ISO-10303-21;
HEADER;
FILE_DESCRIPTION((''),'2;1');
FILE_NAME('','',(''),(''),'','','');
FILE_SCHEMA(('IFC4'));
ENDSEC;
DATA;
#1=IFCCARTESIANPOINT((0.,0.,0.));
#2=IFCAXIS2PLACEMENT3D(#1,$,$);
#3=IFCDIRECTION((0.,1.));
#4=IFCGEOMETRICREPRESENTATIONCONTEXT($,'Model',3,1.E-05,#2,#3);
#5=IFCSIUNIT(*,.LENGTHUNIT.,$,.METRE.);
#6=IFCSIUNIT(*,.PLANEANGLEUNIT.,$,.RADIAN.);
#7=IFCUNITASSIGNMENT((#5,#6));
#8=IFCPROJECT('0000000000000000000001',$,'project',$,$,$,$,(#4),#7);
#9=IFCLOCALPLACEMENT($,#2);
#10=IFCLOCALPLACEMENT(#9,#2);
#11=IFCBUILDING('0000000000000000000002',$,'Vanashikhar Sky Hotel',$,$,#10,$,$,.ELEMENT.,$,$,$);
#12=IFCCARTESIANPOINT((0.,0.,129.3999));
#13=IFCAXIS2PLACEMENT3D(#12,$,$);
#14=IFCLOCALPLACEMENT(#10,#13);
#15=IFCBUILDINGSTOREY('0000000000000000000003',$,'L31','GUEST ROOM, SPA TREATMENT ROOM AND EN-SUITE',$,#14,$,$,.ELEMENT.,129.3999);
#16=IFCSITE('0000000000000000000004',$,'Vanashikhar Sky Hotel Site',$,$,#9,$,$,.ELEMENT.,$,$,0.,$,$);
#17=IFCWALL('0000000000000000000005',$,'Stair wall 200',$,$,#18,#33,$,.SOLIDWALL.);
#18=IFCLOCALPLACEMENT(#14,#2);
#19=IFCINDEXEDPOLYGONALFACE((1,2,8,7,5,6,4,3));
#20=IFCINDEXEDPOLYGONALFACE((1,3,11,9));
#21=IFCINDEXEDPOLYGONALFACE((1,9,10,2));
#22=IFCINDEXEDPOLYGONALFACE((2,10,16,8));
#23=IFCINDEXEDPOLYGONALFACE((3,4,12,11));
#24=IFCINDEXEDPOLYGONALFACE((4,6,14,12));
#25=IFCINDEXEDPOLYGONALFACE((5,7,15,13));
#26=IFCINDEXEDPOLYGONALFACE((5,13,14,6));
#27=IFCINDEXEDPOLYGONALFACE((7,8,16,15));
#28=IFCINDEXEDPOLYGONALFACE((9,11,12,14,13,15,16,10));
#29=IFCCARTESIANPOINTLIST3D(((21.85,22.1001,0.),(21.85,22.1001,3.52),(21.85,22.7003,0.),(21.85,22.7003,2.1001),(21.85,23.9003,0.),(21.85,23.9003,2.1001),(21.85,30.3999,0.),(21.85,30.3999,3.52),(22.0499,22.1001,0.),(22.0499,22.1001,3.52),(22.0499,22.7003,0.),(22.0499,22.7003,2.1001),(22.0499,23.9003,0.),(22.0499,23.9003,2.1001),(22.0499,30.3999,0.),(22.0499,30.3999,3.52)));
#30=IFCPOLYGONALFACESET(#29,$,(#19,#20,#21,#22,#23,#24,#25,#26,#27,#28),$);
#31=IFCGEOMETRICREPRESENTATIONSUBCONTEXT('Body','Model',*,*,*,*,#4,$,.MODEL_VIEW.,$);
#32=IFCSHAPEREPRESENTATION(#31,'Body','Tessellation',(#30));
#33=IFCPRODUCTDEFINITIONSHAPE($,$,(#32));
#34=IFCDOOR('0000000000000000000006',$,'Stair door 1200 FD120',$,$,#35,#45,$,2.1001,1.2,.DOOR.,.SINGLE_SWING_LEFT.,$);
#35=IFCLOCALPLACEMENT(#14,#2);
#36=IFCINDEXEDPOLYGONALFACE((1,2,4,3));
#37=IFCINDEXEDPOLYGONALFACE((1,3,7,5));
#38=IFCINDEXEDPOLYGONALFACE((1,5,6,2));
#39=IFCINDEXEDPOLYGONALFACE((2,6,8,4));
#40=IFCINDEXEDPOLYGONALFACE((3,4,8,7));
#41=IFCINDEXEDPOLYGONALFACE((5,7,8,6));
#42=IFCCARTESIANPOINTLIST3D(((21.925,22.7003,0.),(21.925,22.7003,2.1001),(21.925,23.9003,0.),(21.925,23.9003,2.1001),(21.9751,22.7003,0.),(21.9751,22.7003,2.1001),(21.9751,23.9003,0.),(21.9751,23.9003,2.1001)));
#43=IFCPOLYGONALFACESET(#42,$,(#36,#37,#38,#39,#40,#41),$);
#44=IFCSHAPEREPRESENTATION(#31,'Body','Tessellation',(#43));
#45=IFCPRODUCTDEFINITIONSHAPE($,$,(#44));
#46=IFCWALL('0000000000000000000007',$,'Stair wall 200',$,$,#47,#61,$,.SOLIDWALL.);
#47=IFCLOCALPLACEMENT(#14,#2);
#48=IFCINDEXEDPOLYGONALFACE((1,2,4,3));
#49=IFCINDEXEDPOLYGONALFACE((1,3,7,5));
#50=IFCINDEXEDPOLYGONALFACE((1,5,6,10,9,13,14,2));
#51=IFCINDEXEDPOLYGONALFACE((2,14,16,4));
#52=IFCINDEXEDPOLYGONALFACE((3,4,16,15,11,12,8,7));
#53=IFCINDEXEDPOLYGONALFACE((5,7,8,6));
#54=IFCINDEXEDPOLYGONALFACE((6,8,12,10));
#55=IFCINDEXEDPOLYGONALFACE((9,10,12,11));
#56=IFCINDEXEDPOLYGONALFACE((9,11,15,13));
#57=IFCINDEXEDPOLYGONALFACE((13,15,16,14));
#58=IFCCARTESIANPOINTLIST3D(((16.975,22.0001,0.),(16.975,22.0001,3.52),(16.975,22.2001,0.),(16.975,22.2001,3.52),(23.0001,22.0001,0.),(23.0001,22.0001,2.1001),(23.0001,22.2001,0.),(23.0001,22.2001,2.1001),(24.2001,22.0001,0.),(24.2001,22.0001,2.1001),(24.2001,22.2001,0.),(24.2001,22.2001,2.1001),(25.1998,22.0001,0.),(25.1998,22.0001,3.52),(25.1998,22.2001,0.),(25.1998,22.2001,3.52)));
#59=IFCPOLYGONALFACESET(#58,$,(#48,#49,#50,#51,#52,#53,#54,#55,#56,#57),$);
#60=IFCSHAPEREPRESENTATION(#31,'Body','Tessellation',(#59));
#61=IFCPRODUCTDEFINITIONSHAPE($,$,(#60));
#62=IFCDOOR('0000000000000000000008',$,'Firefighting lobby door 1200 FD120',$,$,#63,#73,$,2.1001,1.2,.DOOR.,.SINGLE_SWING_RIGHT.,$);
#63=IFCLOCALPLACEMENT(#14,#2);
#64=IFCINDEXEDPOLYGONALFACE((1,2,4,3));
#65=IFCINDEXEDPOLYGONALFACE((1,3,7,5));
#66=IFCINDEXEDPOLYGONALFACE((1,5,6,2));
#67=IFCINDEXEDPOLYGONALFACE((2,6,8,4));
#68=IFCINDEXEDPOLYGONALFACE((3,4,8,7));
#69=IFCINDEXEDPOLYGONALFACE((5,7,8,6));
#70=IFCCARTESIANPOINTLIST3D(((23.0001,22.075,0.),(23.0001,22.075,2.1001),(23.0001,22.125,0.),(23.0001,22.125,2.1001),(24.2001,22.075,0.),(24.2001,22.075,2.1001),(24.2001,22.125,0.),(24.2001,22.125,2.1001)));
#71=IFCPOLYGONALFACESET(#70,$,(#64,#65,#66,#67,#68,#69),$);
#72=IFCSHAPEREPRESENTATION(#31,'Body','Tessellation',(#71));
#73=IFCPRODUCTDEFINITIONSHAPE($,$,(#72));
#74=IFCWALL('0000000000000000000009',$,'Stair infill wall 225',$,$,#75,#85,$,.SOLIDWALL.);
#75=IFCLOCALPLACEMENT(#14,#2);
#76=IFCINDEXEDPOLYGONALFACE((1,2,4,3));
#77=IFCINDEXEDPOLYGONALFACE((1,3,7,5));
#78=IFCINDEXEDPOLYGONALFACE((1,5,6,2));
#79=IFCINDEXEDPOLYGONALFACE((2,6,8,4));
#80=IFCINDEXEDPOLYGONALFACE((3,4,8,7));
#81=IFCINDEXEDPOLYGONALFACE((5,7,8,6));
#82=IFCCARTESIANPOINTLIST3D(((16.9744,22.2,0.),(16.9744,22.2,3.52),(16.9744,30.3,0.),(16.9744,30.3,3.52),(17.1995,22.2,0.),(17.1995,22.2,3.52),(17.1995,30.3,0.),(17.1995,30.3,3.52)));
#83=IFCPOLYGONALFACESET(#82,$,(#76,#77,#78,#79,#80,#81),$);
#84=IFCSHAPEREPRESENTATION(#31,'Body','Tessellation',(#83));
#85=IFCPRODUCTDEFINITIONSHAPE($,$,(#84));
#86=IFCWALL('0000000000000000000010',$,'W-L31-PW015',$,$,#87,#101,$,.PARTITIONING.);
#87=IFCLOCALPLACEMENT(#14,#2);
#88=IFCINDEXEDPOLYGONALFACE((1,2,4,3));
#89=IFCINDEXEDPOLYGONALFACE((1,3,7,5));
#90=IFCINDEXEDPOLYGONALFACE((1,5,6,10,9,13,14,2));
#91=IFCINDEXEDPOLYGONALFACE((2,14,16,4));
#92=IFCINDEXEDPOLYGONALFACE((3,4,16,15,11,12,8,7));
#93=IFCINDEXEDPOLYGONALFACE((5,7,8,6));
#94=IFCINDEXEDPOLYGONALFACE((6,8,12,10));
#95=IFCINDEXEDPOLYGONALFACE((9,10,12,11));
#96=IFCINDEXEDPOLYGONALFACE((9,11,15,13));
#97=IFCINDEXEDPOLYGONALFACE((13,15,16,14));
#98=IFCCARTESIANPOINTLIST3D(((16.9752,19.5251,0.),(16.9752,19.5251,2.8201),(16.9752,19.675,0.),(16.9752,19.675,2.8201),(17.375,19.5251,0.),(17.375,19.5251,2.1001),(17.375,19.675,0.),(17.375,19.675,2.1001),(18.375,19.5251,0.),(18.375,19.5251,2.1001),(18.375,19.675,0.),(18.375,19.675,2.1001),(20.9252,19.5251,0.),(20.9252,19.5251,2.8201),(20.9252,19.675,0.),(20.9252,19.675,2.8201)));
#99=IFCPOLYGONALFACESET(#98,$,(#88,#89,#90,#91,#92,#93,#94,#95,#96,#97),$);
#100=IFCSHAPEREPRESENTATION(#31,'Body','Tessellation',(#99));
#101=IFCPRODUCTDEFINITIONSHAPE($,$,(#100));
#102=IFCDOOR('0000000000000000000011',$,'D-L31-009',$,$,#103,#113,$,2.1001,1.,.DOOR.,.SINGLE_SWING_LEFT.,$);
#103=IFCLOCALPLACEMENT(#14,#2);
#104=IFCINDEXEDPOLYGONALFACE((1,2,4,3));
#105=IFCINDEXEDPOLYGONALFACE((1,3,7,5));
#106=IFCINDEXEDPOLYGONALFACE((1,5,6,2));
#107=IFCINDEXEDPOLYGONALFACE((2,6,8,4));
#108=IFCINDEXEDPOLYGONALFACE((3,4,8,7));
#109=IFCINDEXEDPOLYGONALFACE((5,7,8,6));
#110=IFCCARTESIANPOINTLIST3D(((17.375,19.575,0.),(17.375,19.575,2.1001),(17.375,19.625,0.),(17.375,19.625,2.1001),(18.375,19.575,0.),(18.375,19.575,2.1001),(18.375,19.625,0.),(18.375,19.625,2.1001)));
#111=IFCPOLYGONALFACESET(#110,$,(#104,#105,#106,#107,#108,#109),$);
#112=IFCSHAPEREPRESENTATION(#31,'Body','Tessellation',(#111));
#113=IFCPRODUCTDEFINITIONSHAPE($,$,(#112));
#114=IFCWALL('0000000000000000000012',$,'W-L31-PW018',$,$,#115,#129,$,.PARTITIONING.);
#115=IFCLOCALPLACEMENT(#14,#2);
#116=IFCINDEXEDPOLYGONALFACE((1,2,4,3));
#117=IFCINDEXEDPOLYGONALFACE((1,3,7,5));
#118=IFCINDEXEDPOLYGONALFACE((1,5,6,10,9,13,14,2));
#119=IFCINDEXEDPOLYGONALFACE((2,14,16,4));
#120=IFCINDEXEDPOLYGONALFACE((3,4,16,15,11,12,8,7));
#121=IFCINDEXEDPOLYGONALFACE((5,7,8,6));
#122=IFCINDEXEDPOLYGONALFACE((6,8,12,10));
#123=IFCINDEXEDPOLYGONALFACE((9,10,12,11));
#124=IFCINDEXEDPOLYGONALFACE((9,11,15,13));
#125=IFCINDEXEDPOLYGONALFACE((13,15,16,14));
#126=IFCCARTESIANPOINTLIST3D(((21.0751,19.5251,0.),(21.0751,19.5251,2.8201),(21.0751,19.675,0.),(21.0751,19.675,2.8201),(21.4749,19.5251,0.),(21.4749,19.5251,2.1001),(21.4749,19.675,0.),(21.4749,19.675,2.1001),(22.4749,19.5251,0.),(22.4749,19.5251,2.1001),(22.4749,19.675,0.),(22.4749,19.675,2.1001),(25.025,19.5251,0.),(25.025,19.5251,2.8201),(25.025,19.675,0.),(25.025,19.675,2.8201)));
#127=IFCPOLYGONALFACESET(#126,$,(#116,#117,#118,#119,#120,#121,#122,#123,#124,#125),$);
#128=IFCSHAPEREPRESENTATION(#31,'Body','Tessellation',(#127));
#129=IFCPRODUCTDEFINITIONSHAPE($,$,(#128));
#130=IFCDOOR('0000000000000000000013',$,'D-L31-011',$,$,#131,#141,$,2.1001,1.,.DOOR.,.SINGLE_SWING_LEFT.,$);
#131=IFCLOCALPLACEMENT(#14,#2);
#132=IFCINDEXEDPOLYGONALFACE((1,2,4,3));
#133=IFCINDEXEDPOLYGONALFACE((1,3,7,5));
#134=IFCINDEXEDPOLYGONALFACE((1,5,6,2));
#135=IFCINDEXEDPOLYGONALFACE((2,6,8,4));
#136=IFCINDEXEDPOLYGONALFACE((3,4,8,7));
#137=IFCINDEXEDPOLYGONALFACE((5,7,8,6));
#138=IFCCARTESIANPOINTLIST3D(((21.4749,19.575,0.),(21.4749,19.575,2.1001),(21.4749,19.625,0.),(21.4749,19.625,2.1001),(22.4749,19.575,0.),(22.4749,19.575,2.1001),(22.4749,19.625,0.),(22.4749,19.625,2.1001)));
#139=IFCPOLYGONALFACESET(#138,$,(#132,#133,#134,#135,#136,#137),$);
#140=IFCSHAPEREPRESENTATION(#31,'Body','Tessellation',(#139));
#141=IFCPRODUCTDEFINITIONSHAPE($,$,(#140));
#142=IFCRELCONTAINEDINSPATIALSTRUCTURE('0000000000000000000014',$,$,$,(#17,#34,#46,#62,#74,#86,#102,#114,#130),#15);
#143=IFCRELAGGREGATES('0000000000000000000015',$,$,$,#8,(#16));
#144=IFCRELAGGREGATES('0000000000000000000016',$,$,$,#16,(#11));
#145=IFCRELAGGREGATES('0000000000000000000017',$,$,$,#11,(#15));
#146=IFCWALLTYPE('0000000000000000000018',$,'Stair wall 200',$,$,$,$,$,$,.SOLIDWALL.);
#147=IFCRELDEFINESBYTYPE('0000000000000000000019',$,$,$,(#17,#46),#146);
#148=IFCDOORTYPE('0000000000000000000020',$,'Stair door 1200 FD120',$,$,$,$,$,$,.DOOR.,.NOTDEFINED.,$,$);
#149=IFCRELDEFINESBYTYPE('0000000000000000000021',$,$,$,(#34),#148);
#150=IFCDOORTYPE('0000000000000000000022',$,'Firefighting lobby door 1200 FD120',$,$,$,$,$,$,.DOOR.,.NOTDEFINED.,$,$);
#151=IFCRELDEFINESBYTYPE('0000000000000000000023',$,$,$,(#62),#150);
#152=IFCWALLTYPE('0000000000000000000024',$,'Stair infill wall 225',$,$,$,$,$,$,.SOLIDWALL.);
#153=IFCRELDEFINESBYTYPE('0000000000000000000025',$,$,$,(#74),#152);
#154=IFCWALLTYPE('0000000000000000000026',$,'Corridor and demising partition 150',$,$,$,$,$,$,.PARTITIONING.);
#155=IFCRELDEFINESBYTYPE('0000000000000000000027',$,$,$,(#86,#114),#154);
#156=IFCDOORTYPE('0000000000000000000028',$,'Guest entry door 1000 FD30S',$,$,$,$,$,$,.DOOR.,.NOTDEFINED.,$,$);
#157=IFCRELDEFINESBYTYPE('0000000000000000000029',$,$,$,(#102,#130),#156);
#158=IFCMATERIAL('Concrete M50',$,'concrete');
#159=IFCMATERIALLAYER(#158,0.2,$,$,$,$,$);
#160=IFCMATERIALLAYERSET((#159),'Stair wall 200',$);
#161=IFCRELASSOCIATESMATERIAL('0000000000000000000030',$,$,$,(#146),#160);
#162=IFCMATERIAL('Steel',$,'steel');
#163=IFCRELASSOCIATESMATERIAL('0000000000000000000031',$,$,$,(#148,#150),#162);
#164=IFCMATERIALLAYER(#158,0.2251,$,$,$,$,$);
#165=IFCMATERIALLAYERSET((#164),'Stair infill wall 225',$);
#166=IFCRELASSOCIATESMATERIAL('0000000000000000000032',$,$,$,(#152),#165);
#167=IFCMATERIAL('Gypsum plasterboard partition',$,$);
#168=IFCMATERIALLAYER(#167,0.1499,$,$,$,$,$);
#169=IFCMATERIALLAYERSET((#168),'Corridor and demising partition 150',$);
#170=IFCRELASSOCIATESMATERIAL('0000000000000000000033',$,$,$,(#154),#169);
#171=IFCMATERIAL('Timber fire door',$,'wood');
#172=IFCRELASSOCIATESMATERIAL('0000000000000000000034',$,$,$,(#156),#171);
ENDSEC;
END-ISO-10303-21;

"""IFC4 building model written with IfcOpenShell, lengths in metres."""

from ifc_helpers import new_model, si_unit, direction, frame, frame_2d, origin, place, context, subcontext, project, spatial, rectangle, extrude, source, transform, mapped, material, layer, layer_set, type_object, element, fill, save


model = new_model("IFC4")

# Units and contexts
model_context = context("Model", 3, precision=1e-05, world=origin(), true_north=direction((0.0, 1.0)))
body_context = subcontext(model_context, "Body", "Model", "MODEL_VIEW")
ifc_project = project(units=[si_unit("LENGTHUNIT", "METRE"), si_unit("PLANEANGLEUNIT", "RADIAN")], contexts=[model_context])

# Site, building, storey
site_placement = place(None, origin())
site = spatial("IfcSite", under=ifc_project, at=site_placement, Name="Vanashikhar Sky Hotel Site", CompositionType="ELEMENT", RefElevation=0.0)
building_placement = place(site_placement, origin())
building = spatial("IfcBuilding", under=site, at=building_placement, Name="Vanashikhar Sky Hotel", CompositionType="ELEMENT")
storey_placement = place(building_placement, frame((0.0, 0.0, 129.3999)))
storey = spatial("IfcBuildingStorey", under=building, at=storey_placement, Name="L31", Description="GUEST ROOM, SPA TREATMENT ROOM AND EN-SUITE", CompositionType="ELEMENT", Elevation=129.3999)

# Walls, openings, doors
ifc_material_1 = material(Name="Concrete M50", Category="concrete")
ifc_layer_1 = layer(ifc_material_1, 0.2)
ifc_layer_set_1 = layer_set([ifc_layer_1], Name="Stair wall 200")
wall_type_1 = type_object("IfcWallType", Name="Stair wall 200", PredefinedType="SOLIDWALL", material=ifc_layer_set_1)
shared_shape_1 = source(origin(), body_context, "Body", "SweptSolid", [
    extrude(rectangle(XDim=8.2998, YDim=0.2, at=frame_2d((4.1499, 0.0))), origin(), (0.0, 0.0, 1.0), 3.52),
])
wall_1_placement = place(storey_placement, frame((21.95, 22.1001, 0.0), z_axis=(0.0, 0.0, 1.0), x_axis=(0.0, 1.0, 0.0)))
wall_1 = element("IfcWall", 1, at=wall_1_placement, inside=storey, type_object=wall_type_1, Name="Stair wall 200", PredefinedType="SOLIDWALL", context=body_context, shape_type="MappedRepresentation", body=[
    mapped(shared_shape_1, transform((0.0, 0.0, 0.0), scale=1.0)),
])
shared_shape_2 = source(origin(), body_context, "Body", "SweptSolid", [
    extrude(rectangle(XDim=1.2, YDim=2.1001, at=frame_2d((0.6001, 1.05))), frame((0.0, 0.1099, 0.0), z_axis=(0.0, -1.0, 0.0), x_axis=(1.0, 0.0, 0.0)), (0.0, 0.0, 1.0), 0.22),
])
opening_1_placement = place(wall_1_placement, frame((0.6001, 0.0, 0.0)))
opening_1 = element("IfcOpeningElement", 2, at=opening_1_placement, cuts=wall_1, PredefinedType="OPENING", context=body_context, shape_type="MappedRepresentation", body=[
    mapped(shared_shape_2, transform((0.0, 0.0, 0.0), scale=1.0)),
])
ifc_material_2 = material(Name="Steel", Category="steel")
door_type_1 = type_object("IfcDoorType", Name="Stair door 1200 FD120", OperationType="NOTDEFINED", PredefinedType="DOOR", material=ifc_material_2)
shared_shape_3 = source(origin(), body_context, "Body", "SweptSolid", [
    extrude(rectangle(XDim=1.2, YDim=2.1001, at=frame_2d((0.6001, 1.05))), frame((0.0, 0.0249, 0.0), z_axis=(0.0, -1.0, 0.0), x_axis=(1.0, 0.0, 0.0)), (0.0, 0.0, 1.0), 0.05),
])
door_1_placement = place(opening_1_placement, origin())
door_1 = element("IfcDoor", 3, at=door_1_placement, inside=storey, type_object=door_type_1, Name="Stair door 1200 FD120", OperationType="SINGLE_SWING_LEFT", OverallHeight=2.1001, OverallWidth=1.2, PredefinedType="DOOR", context=body_context, shape_type="MappedRepresentation", body=[
    mapped(shared_shape_3, transform((0.0, 0.0, 0.0), scale=1.0)),
])
fill(opening_1, door_1)
shared_shape_4 = source(origin(), body_context, "Body", "SweptSolid", [
    extrude(rectangle(XDim=8.2249, YDim=0.2, at=frame_2d((4.1123, 0.0))), origin(), (0.0, 0.0, 1.0), 3.52),
])
wall_2_placement = place(storey_placement, frame((16.9751, 22.1001, 0.0), z_axis=(0.0, 0.0, 1.0), x_axis=(1.0, 0.0, 0.0)))
wall_2 = element("IfcWall", 4, at=wall_2_placement, inside=storey, type_object=wall_type_1, Name="Stair wall 200", PredefinedType="SOLIDWALL", context=body_context, shape_type="MappedRepresentation", body=[
    mapped(shared_shape_4, transform((0.0, 0.0, 0.0), scale=1.0)),
])
opening_2_placement = place(wall_2_placement, frame((6.0249, 0.0, 0.0)))
opening_2 = element("IfcOpeningElement", 5, at=opening_2_placement, cuts=wall_2, PredefinedType="OPENING", context=body_context, shape_type="MappedRepresentation", body=[
    mapped(shared_shape_2, transform((0.0, 0.0, 0.0), scale=1.0)),
])
door_type_2 = type_object("IfcDoorType", Name="Firefighting lobby door 1200 FD120", OperationType="NOTDEFINED", PredefinedType="DOOR", material=ifc_material_2)
door_2_placement = place(opening_2_placement, origin())
door_2 = element("IfcDoor", 6, at=door_2_placement, inside=storey, type_object=door_type_2, Name="Firefighting lobby door 1200 FD120", OperationType="SINGLE_SWING_RIGHT", OverallHeight=2.1001, OverallWidth=1.2, PredefinedType="DOOR", context=body_context, shape_type="MappedRepresentation", body=[
    mapped(shared_shape_3, transform((0.0, 0.0, 0.0), scale=1.0)),
])
fill(opening_2, door_2)

# Wall
ifc_layer_2 = layer(ifc_material_1, 0.2251)
ifc_layer_set_2 = layer_set([ifc_layer_2], Name="Stair infill wall 225")
wall_type_2 = type_object("IfcWallType", Name="Stair infill wall 225", PredefinedType="SOLIDWALL", material=ifc_layer_set_2)
shared_shape_5 = source(origin(), body_context, "Body", "SweptSolid", [
    extrude(rectangle(XDim=8.1001, YDim=0.2251, at=frame_2d((4.05, 0.0))), origin(), (0.0, 0.0, 1.0), 3.52),
])
wall_3_placement = place(storey_placement, frame((17.0869, 22.2, 0.0), z_axis=(0.0, 0.0, 1.0), x_axis=(0.0, 1.0, 0.0)))
element("IfcWall", 7, at=wall_3_placement, inside=storey, type_object=wall_type_2, Name="Stair infill wall 225", PredefinedType="SOLIDWALL", context=body_context, shape_type="MappedRepresentation", body=[
    mapped(shared_shape_5, transform((0.0, 0.0, 0.0), scale=1.0)),
])

# Walls, openings, doors
ifc_material_3 = material(Name="Gypsum plasterboard partition")
ifc_layer_3 = layer(ifc_material_3, 0.1499)
ifc_layer_set_3 = layer_set([ifc_layer_3], Name="Corridor and demising partition 150")
wall_type_3 = type_object("IfcWallType", Name="Corridor and demising partition 150", PredefinedType="PARTITIONING", material=ifc_layer_set_3)
shared_shape_6 = source(origin(), body_context, "Body", "SweptSolid", [
    extrude(rectangle(XDim=3.95, YDim=0.1499, at=frame_2d((1.9751, 0.0))), origin(), (0.0, 0.0, 1.0), 2.8201),
])
wall_4_placement = place(storey_placement, frame((16.9751, 19.6001, 0.0), z_axis=(0.0, 0.0, 1.0), x_axis=(1.0, 0.0, 0.0)))
wall_4 = element("IfcWall", 8, at=wall_4_placement, inside=storey, type_object=wall_type_3, Name="W-L31-PW015", PredefinedType="PARTITIONING", context=body_context, shape_type="MappedRepresentation", body=[
    mapped(shared_shape_6, transform((0.0, 0.0, 0.0), scale=1.0)),
])
shared_shape_7 = source(origin(), body_context, "Body", "SweptSolid", [
    extrude(rectangle(XDim=1.0, YDim=2.1001, at=frame_2d((0.5, 1.05))), frame((0.0, 0.085, 0.0), z_axis=(0.0, -1.0, 0.0), x_axis=(1.0, 0.0, 0.0)), (0.0, 0.0, 1.0), 0.1699),
])
opening_3_placement = place(wall_4_placement, frame((0.3999, 0.0, 0.0)))
opening_3 = element("IfcOpeningElement", 9, at=opening_3_placement, cuts=wall_4, PredefinedType="OPENING", context=body_context, shape_type="MappedRepresentation", body=[
    mapped(shared_shape_7, transform((0.0, 0.0, 0.0), scale=1.0)),
])
ifc_material_4 = material(Name="Timber fire door", Category="wood")
door_type_3 = type_object("IfcDoorType", Name="Guest entry door 1000 FD30S", OperationType="NOTDEFINED", PredefinedType="DOOR", material=ifc_material_4)
shared_shape_8 = source(origin(), body_context, "Body", "SweptSolid", [
    extrude(rectangle(XDim=1.0, YDim=2.1001, at=frame_2d((0.5, 1.05))), frame((0.0, 0.0249, 0.0), z_axis=(0.0, -1.0, 0.0), x_axis=(1.0, 0.0, 0.0)), (0.0, 0.0, 1.0), 0.05),
])
door_3_placement = place(opening_3_placement, origin())
door_3 = element("IfcDoor", 10, at=door_3_placement, inside=storey, type_object=door_type_3, Name="D-L31-009", OperationType="SINGLE_SWING_LEFT", OverallHeight=2.1001, OverallWidth=1.0, PredefinedType="DOOR", context=body_context, shape_type="MappedRepresentation", body=[
    mapped(shared_shape_8, transform((0.0, 0.0, 0.0), scale=1.0)),
])
fill(opening_3, door_3)
wall_5_placement = place(storey_placement, frame((21.075, 19.6001, 0.0), z_axis=(0.0, 0.0, 1.0), x_axis=(1.0, 0.0, 0.0)))
wall_5 = element("IfcWall", 11, at=wall_5_placement, inside=storey, type_object=wall_type_3, Name="W-L31-PW018", PredefinedType="PARTITIONING", context=body_context, shape_type="MappedRepresentation", body=[
    mapped(shared_shape_6, transform((0.0, 0.0, 0.0), scale=1.0)),
])
opening_4_placement = place(wall_5_placement, frame((0.3999, 0.0, 0.0)))
opening_4 = element("IfcOpeningElement", 12, at=opening_4_placement, cuts=wall_5, PredefinedType="OPENING", context=body_context, shape_type="MappedRepresentation", body=[
    mapped(shared_shape_7, transform((0.0, 0.0, 0.0), scale=1.0)),
])
door_4_placement = place(opening_4_placement, origin())
door_4 = element("IfcDoor", 13, at=door_4_placement, inside=storey, type_object=door_type_3, Name="D-L31-011", OperationType="SINGLE_SWING_LEFT", OverallHeight=2.1001, OverallWidth=1.0, PredefinedType="DOOR", context=body_context, shape_type="MappedRepresentation", body=[
    mapped(shared_shape_8, transform((0.0, 0.0, 0.0), scale=1.0)),
])
fill(opening_4, door_4)

save(model, "model.ifc")
